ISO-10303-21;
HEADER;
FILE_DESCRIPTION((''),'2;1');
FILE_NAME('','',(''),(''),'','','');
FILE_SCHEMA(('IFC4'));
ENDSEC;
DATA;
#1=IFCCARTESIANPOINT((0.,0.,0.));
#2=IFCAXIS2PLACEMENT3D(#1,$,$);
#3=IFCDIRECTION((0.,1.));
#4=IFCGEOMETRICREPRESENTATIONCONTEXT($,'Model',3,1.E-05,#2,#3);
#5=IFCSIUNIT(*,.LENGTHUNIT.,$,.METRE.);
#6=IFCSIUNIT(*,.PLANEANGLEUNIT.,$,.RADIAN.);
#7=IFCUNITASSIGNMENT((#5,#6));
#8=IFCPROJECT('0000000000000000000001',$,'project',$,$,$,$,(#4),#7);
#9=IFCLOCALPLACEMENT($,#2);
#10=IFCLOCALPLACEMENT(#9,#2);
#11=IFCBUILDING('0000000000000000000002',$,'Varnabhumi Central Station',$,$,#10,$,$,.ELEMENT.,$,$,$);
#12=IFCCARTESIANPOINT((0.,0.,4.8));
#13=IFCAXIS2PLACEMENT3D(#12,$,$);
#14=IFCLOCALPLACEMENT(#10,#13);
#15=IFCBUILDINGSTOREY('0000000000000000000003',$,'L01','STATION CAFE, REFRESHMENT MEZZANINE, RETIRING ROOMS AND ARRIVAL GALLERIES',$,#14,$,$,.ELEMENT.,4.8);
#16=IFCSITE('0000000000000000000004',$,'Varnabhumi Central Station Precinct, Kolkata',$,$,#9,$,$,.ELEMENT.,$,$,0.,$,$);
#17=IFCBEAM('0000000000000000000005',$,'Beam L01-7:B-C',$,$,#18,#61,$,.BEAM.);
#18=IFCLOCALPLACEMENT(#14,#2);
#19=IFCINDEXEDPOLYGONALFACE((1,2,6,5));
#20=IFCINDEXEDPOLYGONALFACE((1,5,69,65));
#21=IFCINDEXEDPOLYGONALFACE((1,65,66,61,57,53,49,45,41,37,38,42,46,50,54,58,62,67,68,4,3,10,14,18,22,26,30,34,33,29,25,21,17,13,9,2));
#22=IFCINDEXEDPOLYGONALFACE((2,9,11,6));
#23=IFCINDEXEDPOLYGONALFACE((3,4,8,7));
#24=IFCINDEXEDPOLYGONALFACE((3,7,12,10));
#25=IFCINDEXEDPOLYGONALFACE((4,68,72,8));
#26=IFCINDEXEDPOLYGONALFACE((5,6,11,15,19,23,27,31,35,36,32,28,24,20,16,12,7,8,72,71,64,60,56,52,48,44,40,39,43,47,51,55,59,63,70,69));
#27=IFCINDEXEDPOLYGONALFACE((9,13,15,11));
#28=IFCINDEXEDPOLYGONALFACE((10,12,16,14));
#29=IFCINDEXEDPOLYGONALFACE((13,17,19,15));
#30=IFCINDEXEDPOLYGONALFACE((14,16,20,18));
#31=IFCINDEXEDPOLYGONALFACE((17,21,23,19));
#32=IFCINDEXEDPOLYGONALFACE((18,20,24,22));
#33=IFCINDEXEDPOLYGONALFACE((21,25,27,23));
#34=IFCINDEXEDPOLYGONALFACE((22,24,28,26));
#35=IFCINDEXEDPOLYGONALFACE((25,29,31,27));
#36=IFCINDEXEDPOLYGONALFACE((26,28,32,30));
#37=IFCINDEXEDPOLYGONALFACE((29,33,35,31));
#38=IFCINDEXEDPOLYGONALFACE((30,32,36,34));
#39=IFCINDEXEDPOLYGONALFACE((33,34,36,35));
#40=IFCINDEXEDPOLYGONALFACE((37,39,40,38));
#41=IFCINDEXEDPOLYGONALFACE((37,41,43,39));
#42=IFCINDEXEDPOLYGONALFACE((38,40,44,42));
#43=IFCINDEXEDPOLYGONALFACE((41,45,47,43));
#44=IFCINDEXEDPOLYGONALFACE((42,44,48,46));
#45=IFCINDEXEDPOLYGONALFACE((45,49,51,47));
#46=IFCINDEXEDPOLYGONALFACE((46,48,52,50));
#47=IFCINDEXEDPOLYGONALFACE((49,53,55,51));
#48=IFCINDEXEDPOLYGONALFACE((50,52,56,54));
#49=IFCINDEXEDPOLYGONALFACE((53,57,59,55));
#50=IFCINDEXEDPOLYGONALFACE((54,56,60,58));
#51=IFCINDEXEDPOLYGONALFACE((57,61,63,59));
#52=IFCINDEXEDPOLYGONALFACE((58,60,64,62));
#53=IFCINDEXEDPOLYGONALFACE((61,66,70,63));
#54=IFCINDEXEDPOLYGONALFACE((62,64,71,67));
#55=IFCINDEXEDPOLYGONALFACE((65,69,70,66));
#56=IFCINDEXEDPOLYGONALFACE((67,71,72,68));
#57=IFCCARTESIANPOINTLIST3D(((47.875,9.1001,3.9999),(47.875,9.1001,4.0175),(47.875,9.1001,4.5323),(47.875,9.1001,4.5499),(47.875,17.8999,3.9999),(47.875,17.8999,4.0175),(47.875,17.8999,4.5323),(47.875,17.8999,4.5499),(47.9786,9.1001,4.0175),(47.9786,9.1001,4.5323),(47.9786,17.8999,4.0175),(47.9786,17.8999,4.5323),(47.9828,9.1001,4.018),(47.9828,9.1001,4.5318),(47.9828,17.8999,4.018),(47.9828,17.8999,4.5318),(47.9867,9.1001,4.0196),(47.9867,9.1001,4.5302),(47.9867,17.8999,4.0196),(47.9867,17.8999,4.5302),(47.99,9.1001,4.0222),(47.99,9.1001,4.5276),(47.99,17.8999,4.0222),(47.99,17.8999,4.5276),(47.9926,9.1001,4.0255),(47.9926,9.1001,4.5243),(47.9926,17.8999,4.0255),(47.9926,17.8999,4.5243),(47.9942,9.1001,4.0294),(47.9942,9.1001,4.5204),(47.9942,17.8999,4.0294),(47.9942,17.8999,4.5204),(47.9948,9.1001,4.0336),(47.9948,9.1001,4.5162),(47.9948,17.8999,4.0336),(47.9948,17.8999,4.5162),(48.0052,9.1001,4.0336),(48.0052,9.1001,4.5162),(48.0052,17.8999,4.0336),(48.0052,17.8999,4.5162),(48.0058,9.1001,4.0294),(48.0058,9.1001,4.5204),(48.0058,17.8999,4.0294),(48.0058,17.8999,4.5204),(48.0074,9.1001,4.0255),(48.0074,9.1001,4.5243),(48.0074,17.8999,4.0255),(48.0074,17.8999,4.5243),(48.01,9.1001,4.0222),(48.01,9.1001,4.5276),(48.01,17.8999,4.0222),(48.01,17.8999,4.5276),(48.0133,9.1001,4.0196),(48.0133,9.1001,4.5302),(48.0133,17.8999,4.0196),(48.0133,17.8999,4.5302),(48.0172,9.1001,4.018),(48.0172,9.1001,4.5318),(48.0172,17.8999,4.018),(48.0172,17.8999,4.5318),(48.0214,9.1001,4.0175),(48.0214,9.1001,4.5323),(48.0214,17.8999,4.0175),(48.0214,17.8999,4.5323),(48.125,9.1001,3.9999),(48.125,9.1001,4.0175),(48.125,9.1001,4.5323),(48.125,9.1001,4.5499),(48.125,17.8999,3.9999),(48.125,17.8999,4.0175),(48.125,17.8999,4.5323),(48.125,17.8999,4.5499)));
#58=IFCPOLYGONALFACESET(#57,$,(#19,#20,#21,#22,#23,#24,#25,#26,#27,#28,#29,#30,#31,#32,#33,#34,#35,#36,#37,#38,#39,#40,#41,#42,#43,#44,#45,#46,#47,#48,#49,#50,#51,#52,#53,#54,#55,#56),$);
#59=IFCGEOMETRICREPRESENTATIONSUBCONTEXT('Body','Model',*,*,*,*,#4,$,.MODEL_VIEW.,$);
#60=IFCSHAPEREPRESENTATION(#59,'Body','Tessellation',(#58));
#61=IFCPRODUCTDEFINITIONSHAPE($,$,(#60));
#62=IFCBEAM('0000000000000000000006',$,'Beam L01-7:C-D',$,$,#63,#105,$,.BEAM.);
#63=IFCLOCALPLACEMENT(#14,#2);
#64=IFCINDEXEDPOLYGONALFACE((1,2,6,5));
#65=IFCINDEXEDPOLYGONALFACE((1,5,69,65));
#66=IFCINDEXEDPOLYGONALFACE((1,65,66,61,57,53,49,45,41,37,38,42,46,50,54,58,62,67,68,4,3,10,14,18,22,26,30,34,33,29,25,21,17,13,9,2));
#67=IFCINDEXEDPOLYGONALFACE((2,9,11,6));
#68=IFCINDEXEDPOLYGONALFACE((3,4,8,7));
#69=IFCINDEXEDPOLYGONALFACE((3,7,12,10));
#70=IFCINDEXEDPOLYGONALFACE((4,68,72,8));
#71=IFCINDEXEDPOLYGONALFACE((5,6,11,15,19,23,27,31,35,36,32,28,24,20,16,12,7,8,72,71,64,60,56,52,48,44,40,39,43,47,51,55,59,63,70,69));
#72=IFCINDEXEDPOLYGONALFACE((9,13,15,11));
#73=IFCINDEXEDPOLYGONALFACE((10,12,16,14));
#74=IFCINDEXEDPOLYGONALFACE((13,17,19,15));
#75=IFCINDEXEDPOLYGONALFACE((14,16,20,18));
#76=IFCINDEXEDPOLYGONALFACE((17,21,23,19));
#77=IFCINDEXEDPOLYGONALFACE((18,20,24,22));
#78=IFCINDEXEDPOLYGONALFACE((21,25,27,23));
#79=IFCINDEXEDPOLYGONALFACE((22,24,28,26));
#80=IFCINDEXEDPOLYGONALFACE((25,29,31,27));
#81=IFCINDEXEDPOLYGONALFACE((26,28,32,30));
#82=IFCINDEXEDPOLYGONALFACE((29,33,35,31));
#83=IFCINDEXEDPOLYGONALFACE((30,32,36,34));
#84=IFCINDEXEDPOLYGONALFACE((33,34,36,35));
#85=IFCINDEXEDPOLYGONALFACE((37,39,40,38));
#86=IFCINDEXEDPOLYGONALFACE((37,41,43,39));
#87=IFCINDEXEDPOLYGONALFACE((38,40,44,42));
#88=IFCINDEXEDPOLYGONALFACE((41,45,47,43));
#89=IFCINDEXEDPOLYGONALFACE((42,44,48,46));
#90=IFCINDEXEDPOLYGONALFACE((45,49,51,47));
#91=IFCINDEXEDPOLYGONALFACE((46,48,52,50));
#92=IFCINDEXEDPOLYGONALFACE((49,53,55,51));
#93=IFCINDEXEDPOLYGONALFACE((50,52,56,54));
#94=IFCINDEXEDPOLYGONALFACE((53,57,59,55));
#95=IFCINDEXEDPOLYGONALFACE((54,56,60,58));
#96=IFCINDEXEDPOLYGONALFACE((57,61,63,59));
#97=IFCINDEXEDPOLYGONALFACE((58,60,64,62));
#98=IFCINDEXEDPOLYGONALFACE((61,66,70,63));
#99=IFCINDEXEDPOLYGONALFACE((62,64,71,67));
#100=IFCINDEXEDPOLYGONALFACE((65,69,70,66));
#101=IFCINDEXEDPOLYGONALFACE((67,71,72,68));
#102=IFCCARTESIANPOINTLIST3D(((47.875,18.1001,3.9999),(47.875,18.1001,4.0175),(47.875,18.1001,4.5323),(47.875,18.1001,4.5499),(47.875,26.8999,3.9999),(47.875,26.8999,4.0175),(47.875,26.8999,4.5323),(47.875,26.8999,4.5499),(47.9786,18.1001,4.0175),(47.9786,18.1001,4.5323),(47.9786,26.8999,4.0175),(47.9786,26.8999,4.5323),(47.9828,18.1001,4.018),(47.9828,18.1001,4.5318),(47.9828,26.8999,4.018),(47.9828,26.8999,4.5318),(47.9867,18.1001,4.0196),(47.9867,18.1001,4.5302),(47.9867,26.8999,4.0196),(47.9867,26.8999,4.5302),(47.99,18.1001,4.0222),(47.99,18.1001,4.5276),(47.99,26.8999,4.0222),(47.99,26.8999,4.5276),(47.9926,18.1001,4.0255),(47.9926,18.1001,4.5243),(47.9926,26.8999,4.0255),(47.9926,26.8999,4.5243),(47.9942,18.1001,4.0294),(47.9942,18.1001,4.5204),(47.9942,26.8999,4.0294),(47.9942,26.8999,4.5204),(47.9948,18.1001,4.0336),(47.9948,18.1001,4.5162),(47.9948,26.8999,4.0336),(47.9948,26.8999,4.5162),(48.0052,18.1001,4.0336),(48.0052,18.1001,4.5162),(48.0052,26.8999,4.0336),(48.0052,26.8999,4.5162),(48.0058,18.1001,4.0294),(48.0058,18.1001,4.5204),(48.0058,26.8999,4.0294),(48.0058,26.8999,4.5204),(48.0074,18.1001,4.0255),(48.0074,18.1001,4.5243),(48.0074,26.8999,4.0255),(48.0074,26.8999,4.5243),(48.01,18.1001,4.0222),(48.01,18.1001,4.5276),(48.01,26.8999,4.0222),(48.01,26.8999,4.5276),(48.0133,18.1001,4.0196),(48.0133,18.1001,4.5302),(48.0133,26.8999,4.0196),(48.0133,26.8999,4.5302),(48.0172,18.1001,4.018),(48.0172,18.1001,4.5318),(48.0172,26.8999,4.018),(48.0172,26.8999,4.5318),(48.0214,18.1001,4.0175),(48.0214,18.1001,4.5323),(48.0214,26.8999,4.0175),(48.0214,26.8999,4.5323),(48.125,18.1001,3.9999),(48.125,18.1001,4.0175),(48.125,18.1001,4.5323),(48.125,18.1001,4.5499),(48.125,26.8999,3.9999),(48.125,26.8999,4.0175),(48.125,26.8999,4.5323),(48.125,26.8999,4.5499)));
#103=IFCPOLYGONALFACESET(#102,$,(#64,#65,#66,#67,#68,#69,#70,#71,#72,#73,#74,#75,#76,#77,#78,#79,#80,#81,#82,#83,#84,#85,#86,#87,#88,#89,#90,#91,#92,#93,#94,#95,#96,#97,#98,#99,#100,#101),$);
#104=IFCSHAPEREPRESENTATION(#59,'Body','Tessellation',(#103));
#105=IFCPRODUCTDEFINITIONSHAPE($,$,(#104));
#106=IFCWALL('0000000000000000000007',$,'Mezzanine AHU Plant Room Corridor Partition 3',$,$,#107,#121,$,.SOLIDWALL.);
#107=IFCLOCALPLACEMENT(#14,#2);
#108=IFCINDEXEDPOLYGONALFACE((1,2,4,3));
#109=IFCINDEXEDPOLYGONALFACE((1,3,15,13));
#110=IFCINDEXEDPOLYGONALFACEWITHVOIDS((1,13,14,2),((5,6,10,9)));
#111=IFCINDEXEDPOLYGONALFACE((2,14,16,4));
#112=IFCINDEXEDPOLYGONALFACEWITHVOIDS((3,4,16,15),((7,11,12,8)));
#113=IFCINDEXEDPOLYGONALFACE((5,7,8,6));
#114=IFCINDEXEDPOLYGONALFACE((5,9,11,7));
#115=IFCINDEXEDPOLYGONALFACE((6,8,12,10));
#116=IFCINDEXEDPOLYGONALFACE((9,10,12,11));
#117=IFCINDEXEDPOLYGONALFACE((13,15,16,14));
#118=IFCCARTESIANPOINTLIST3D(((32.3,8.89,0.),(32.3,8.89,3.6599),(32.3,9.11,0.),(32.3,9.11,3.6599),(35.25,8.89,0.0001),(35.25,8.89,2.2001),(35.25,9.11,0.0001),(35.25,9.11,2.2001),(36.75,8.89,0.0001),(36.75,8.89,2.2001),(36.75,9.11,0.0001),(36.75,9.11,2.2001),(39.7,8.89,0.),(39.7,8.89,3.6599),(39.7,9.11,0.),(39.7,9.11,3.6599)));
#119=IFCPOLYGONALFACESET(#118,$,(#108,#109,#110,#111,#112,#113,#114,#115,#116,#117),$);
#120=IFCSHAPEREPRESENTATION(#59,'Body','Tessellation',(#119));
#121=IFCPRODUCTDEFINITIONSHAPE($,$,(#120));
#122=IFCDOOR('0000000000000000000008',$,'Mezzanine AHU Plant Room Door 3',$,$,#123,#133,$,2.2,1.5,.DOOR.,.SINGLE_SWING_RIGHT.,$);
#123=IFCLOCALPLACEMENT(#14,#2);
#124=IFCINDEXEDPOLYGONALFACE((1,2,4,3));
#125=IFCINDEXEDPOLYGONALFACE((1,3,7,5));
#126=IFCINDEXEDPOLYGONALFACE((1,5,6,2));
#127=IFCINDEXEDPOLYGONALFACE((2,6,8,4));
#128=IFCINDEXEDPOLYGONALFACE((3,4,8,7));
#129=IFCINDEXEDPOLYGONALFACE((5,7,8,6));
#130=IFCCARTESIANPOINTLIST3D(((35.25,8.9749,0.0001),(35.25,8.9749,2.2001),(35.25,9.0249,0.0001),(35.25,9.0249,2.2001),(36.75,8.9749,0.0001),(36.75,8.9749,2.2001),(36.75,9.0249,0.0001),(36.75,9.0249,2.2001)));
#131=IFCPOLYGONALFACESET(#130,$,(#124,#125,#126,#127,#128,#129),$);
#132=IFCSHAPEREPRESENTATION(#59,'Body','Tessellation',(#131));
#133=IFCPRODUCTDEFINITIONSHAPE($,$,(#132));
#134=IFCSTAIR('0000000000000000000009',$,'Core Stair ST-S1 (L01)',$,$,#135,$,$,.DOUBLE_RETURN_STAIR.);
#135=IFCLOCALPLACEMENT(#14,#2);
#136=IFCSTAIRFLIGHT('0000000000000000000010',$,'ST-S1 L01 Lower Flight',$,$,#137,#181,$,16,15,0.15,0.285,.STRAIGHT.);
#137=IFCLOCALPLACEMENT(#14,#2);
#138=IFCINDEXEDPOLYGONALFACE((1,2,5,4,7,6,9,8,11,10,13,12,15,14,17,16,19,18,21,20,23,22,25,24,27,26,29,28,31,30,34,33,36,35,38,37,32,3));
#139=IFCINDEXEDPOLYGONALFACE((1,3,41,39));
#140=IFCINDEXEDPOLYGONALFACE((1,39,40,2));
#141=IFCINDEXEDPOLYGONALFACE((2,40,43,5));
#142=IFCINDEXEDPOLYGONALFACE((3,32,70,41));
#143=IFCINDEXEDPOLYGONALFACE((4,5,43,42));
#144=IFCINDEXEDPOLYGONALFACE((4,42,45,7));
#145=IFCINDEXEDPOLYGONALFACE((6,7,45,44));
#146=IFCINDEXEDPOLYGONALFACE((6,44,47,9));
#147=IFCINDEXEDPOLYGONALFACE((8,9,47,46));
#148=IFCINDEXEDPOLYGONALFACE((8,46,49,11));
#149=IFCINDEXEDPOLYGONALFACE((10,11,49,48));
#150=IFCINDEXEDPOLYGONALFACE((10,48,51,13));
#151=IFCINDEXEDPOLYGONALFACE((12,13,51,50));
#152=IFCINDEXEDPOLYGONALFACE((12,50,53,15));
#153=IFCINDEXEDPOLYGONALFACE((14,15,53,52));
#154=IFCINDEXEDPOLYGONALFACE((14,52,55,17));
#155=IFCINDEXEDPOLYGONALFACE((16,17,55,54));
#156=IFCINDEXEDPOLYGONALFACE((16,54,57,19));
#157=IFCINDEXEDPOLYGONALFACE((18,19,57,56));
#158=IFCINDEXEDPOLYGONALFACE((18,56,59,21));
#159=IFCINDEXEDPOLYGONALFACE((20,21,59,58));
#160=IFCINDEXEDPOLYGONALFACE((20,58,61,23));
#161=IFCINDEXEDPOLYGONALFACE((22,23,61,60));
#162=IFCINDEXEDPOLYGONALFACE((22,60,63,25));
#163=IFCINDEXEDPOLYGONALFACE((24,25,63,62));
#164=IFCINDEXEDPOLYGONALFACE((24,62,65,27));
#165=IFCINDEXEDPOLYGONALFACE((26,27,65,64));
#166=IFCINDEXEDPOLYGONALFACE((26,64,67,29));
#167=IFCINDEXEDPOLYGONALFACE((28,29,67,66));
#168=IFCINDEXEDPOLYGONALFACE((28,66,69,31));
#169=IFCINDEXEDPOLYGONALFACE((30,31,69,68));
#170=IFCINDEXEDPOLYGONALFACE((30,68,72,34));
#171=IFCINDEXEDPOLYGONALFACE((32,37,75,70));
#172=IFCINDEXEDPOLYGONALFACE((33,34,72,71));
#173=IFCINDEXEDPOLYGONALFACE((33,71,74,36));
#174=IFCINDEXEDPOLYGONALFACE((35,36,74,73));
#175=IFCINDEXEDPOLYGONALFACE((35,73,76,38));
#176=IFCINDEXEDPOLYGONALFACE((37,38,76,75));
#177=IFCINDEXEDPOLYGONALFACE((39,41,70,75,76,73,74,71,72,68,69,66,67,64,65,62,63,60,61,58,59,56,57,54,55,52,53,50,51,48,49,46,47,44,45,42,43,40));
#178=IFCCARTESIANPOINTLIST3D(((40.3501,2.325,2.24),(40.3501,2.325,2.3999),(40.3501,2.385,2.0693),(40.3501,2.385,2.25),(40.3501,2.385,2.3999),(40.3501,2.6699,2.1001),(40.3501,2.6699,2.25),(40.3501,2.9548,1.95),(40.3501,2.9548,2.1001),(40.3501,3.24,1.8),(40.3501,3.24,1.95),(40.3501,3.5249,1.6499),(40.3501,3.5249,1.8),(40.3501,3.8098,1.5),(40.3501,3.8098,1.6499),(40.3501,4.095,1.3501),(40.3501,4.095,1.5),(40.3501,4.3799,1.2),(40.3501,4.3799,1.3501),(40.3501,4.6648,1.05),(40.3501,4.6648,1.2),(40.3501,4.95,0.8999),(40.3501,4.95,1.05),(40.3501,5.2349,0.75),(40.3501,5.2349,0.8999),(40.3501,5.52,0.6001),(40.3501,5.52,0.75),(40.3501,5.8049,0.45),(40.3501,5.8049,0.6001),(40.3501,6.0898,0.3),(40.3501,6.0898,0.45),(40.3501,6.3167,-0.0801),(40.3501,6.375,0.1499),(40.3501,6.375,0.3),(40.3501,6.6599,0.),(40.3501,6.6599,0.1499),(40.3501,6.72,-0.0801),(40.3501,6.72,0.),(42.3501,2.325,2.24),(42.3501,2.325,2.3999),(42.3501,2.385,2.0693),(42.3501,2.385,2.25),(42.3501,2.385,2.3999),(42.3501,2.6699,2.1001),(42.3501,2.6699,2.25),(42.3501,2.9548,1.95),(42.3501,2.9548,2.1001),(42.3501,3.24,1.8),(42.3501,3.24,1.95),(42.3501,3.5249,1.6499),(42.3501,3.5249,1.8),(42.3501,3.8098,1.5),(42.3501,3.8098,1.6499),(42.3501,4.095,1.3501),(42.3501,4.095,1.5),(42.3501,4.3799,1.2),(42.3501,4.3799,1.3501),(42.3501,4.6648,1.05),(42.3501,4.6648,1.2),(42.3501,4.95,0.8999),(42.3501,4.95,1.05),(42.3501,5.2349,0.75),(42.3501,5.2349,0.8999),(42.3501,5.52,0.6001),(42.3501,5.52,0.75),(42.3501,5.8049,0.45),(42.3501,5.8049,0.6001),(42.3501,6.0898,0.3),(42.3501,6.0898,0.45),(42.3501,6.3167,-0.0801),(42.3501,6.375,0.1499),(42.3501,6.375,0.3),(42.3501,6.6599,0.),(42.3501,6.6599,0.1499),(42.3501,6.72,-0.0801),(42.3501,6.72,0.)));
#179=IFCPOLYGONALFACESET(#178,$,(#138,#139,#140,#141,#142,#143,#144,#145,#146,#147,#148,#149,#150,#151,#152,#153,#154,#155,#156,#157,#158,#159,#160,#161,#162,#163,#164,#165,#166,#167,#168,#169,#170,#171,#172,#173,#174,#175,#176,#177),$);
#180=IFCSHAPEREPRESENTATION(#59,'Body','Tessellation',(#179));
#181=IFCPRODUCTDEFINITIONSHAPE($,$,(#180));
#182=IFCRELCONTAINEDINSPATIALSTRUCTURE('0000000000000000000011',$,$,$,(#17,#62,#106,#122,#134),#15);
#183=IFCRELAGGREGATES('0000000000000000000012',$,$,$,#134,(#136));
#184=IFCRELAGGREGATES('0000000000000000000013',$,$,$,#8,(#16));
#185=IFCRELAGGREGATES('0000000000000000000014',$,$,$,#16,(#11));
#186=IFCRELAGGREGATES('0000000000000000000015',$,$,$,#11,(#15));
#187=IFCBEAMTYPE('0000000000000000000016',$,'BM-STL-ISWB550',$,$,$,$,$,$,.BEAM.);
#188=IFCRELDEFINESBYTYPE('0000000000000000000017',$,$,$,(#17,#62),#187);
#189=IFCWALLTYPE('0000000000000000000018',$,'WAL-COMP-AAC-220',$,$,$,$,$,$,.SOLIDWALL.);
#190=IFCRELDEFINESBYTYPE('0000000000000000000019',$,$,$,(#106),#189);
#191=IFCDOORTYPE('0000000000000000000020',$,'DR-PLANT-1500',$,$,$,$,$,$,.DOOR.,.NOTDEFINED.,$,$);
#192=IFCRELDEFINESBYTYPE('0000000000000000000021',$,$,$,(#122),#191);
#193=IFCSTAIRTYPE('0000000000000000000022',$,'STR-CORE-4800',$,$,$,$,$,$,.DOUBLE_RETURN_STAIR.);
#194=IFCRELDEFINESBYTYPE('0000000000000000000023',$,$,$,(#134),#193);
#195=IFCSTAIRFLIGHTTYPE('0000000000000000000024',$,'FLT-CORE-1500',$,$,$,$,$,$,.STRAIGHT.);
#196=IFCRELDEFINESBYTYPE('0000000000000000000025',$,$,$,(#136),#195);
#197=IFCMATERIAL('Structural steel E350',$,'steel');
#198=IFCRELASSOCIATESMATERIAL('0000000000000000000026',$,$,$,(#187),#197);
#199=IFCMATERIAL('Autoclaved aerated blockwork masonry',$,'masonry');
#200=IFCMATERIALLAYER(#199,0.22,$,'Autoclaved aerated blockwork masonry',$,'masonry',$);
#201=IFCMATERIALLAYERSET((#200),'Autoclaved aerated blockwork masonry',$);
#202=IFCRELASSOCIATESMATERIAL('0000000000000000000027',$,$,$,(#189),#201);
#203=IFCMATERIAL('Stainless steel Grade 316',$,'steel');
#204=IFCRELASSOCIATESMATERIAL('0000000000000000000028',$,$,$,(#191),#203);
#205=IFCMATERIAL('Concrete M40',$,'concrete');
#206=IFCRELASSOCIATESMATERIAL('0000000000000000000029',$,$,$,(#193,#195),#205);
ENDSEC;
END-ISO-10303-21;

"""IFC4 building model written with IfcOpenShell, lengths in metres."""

from ifc_helpers import new_model, si_unit, direction, frame, frame_2d, origin, origin_2d, place, context, subcontext, project, spatial, polyline, rectangle, i_section, outline, extrude, material, layer, layer_set, material_profile, profile_set, type_object, element, fill, aggregate, save


model = new_model("IFC4")

# Units and contexts
model_context = context("Model", 3, precision=1e-05, world=origin(), true_north=direction((0.0, 1.0)))
body_context = subcontext(model_context, "Body", "Model", "MODEL_VIEW")
ifc_project = project(units=[si_unit("LENGTHUNIT", "METRE"), si_unit("PLANEANGLEUNIT", "RADIAN")], contexts=[model_context])

# Site, building, storey
site_placement = place(None, origin())
site = spatial("IfcSite", under=ifc_project, at=site_placement, Name="Varnabhumi Central Station Precinct, Kolkata", CompositionType="ELEMENT", RefElevation=0.0)
building_placement = place(site_placement, origin())
building = spatial("IfcBuilding", under=site, at=building_placement, Name="Varnabhumi Central Station", CompositionType="ELEMENT")
storey_placement = place(building_placement, frame((0.0, 0.0, 4.8)))
storey = spatial("IfcBuildingStorey", under=building, at=storey_placement, Name="L01", Description="STATION CAFE, REFRESHMENT MEZZANINE, RETIRING ROOMS AND ARRIVAL GALLERIES", CompositionType="ELEMENT", Elevation=4.8)

# Shared definitions
ifc_material_1 = material(Name="Concrete M40", Category="concrete")

# Beams
ifc_material_2 = material(Name="Structural steel E350", Category="steel")
ifc_material_profile_1 = material_profile(ifc_material_2, i_section(OverallWidth=0.25, OverallDepth=0.55, WebThickness=0.0105, FlangeThickness=0.0176, FilletRadius=0.0161, at=origin_2d()), Name="Structural steel E350", Category="steel")
ifc_profile_set_1 = profile_set([ifc_material_profile_1], Name="Structural steel E350")
beam_type_1 = type_object("IfcBeamType", Name="BM-STL-ISWB550", PredefinedType="BEAM", material=ifc_profile_set_1)
for number, where, z_axis, x_axis, name in (
    (1, (48.0, 9.1001, 4.2749), (0.0, 1.0, 0.0), (-1.0, 0.0, 0.0), "Beam L01-7:B-C"),
    (2, (48.0, 18.1001, 4.2749), (0.0, 1.0, 0.0), (-1.0, 0.0, 0.0), "Beam L01-7:C-D"),
):
    element("IfcBeam", number, at=place(storey_placement, frame(where, z_axis=z_axis, x_axis=x_axis)), inside=storey, type_object=beam_type_1, Name=name, PredefinedType="BEAM", context=body_context, shape_type="SweptSolid", body=[
        extrude(i_section(OverallWidth=0.25, OverallDepth=0.55, WebThickness=0.0105, FlangeThickness=0.0176, FilletRadius=0.0161, at=origin_2d()), origin(), (0.0, 0.0, 1.0), 8.7998),
    ])

# Wall, opening, door
ifc_material_3 = material(Name="Autoclaved aerated blockwork masonry", Category="masonry")
ifc_layer_1 = layer(ifc_material_3, 0.22, Name="Autoclaved aerated blockwork masonry", Category="masonry")
ifc_layer_set_1 = layer_set([ifc_layer_1], Name="Autoclaved aerated blockwork masonry")
wall_type_1 = type_object("IfcWallType", Name="WAL-COMP-AAC-220", PredefinedType="SOLIDWALL", material=ifc_layer_set_1)
wall_1_placement = place(storey_placement, frame((32.3, 9.0, 0.0), z_axis=(0.0, 0.0, 1.0), x_axis=(1.0, 0.0, 0.0)))
wall_1 = element("IfcWall", 3, at=wall_1_placement, inside=storey, type_object=wall_type_1, Name="Mezzanine AHU Plant Room Corridor Partition 3", PredefinedType="SOLIDWALL", context=body_context, shape_type="SweptSolid", body=[
    extrude(rectangle(XDim=7.3999, YDim=0.22, at=frame_2d((3.7, 0.0))), origin(), (0.0, 0.0, 1.0), 3.6599),
])
opening_1_placement = place(wall_1_placement, frame((2.95, 0.0, 0.0)))
opening_1 = element("IfcOpeningElement", 4, at=opening_1_placement, cuts=wall_1, PredefinedType="OPENING", context=body_context, shape_type="SweptSolid", body=[
    extrude(rectangle(XDim=1.5, YDim=2.2, at=frame_2d((0.75, 1.1001))), frame((0.0, 0.1199, 0.0), z_axis=(0.0, -1.0, 0.0), x_axis=(1.0, 0.0, 0.0)), (0.0, 0.0, 1.0), 0.24),
])
ifc_material_4 = material(Name="Stainless steel Grade 316", Category="steel")
door_type_1 = type_object("IfcDoorType", Name="DR-PLANT-1500", OperationType="NOTDEFINED", PredefinedType="DOOR", material=ifc_material_4)
door_1_placement = place(opening_1_placement, origin())
door_1 = element("IfcDoor", 5, at=door_1_placement, inside=storey, type_object=door_type_1, Name="Mezzanine AHU Plant Room Door 3", OperationType="SINGLE_SWING_RIGHT", OverallHeight=2.2, OverallWidth=1.5, PredefinedType="DOOR", context=body_context, shape_type="SweptSolid", body=[
    extrude(rectangle(XDim=1.5, YDim=2.2, at=frame_2d((0.75, 1.1001))), frame((0.0, 0.0249, 0.0), z_axis=(0.0, -1.0, 0.0), x_axis=(1.0, 0.0, 0.0)), (0.0, 0.0, 1.0), 0.05),
])
fill(opening_1, door_1)

# Stair, stair flight
stair_type = type_object("IfcStairType", Name="STR-CORE-4800", PredefinedType="DOUBLE_RETURN_STAIR", material=ifc_material_1)
stair_placement = place(storey_placement, origin())
stair = element("IfcStair", 6, at=stair_placement, inside=storey, type_object=stair_type, Name="Core Stair ST-S1 (L01)", PredefinedType="DOUBLE_RETURN_STAIR")
stair_flight_type = type_object("IfcStairFlightType", Name="FLT-CORE-1500", PredefinedType="STRAIGHT", material=ifc_material_1)
stair_flight_placement = place(storey_placement, frame((41.3501, 6.6599, 0.0), z_axis=(0.0, 0.0, 1.0), x_axis=(0.0, -1.0, 0.0)))
stair_flight = element("IfcStairFlight", 7, at=stair_flight_placement, type_object=stair_flight_type, Name="ST-S1 L01 Lower Flight", NumberOfRisers=16, NumberOfTreads=15, PredefinedType="STRAIGHT", RiserHeight=0.15, TreadLength=0.285, context=body_context, shape_type="SweptSolid", body=[
    extrude(outline(polyline([(-0.0601, -0.0801), (-0.0601, 0.0), (0.0, 0.0), (0.0, 0.1499), (0.2849, 0.1499), (0.2849, 0.3), (0.5701, 0.3), (0.5701, 0.45), (0.855, 0.45), (0.855, 0.6001), (1.1399, 0.6001), (1.1399, 0.75), (1.425, 0.75), (1.425, 0.8999), (1.71, 0.8999), (1.71, 1.05), (1.9951, 1.05), (1.9951, 1.2), (2.28, 1.2), (2.28, 1.3501), (2.5649, 1.3501), (2.5649, 1.5), (2.8501, 1.5), (2.8501, 1.6499), (3.135, 1.6499), (3.135, 1.8), (3.4199, 1.8), (3.4199, 1.95), (3.7051, 1.95), (3.7051, 2.1001), (3.99, 2.1001), (3.99, 2.25), (4.2749, 2.25), (4.2749, 2.3999), (4.335, 2.3999), (4.335, 2.24), (4.2749, 2.0693), (0.3433, -0.0801), (-0.0601, -0.0801)])), frame((0.0, 1.0, 0.0), z_axis=(0.0, -1.0, 0.0), x_axis=(1.0, 0.0, 0.0)), (0.0, 0.0, 1.0), 2.0),
])
aggregate(stair, [stair_flight])

save(model, "model.ifc")
